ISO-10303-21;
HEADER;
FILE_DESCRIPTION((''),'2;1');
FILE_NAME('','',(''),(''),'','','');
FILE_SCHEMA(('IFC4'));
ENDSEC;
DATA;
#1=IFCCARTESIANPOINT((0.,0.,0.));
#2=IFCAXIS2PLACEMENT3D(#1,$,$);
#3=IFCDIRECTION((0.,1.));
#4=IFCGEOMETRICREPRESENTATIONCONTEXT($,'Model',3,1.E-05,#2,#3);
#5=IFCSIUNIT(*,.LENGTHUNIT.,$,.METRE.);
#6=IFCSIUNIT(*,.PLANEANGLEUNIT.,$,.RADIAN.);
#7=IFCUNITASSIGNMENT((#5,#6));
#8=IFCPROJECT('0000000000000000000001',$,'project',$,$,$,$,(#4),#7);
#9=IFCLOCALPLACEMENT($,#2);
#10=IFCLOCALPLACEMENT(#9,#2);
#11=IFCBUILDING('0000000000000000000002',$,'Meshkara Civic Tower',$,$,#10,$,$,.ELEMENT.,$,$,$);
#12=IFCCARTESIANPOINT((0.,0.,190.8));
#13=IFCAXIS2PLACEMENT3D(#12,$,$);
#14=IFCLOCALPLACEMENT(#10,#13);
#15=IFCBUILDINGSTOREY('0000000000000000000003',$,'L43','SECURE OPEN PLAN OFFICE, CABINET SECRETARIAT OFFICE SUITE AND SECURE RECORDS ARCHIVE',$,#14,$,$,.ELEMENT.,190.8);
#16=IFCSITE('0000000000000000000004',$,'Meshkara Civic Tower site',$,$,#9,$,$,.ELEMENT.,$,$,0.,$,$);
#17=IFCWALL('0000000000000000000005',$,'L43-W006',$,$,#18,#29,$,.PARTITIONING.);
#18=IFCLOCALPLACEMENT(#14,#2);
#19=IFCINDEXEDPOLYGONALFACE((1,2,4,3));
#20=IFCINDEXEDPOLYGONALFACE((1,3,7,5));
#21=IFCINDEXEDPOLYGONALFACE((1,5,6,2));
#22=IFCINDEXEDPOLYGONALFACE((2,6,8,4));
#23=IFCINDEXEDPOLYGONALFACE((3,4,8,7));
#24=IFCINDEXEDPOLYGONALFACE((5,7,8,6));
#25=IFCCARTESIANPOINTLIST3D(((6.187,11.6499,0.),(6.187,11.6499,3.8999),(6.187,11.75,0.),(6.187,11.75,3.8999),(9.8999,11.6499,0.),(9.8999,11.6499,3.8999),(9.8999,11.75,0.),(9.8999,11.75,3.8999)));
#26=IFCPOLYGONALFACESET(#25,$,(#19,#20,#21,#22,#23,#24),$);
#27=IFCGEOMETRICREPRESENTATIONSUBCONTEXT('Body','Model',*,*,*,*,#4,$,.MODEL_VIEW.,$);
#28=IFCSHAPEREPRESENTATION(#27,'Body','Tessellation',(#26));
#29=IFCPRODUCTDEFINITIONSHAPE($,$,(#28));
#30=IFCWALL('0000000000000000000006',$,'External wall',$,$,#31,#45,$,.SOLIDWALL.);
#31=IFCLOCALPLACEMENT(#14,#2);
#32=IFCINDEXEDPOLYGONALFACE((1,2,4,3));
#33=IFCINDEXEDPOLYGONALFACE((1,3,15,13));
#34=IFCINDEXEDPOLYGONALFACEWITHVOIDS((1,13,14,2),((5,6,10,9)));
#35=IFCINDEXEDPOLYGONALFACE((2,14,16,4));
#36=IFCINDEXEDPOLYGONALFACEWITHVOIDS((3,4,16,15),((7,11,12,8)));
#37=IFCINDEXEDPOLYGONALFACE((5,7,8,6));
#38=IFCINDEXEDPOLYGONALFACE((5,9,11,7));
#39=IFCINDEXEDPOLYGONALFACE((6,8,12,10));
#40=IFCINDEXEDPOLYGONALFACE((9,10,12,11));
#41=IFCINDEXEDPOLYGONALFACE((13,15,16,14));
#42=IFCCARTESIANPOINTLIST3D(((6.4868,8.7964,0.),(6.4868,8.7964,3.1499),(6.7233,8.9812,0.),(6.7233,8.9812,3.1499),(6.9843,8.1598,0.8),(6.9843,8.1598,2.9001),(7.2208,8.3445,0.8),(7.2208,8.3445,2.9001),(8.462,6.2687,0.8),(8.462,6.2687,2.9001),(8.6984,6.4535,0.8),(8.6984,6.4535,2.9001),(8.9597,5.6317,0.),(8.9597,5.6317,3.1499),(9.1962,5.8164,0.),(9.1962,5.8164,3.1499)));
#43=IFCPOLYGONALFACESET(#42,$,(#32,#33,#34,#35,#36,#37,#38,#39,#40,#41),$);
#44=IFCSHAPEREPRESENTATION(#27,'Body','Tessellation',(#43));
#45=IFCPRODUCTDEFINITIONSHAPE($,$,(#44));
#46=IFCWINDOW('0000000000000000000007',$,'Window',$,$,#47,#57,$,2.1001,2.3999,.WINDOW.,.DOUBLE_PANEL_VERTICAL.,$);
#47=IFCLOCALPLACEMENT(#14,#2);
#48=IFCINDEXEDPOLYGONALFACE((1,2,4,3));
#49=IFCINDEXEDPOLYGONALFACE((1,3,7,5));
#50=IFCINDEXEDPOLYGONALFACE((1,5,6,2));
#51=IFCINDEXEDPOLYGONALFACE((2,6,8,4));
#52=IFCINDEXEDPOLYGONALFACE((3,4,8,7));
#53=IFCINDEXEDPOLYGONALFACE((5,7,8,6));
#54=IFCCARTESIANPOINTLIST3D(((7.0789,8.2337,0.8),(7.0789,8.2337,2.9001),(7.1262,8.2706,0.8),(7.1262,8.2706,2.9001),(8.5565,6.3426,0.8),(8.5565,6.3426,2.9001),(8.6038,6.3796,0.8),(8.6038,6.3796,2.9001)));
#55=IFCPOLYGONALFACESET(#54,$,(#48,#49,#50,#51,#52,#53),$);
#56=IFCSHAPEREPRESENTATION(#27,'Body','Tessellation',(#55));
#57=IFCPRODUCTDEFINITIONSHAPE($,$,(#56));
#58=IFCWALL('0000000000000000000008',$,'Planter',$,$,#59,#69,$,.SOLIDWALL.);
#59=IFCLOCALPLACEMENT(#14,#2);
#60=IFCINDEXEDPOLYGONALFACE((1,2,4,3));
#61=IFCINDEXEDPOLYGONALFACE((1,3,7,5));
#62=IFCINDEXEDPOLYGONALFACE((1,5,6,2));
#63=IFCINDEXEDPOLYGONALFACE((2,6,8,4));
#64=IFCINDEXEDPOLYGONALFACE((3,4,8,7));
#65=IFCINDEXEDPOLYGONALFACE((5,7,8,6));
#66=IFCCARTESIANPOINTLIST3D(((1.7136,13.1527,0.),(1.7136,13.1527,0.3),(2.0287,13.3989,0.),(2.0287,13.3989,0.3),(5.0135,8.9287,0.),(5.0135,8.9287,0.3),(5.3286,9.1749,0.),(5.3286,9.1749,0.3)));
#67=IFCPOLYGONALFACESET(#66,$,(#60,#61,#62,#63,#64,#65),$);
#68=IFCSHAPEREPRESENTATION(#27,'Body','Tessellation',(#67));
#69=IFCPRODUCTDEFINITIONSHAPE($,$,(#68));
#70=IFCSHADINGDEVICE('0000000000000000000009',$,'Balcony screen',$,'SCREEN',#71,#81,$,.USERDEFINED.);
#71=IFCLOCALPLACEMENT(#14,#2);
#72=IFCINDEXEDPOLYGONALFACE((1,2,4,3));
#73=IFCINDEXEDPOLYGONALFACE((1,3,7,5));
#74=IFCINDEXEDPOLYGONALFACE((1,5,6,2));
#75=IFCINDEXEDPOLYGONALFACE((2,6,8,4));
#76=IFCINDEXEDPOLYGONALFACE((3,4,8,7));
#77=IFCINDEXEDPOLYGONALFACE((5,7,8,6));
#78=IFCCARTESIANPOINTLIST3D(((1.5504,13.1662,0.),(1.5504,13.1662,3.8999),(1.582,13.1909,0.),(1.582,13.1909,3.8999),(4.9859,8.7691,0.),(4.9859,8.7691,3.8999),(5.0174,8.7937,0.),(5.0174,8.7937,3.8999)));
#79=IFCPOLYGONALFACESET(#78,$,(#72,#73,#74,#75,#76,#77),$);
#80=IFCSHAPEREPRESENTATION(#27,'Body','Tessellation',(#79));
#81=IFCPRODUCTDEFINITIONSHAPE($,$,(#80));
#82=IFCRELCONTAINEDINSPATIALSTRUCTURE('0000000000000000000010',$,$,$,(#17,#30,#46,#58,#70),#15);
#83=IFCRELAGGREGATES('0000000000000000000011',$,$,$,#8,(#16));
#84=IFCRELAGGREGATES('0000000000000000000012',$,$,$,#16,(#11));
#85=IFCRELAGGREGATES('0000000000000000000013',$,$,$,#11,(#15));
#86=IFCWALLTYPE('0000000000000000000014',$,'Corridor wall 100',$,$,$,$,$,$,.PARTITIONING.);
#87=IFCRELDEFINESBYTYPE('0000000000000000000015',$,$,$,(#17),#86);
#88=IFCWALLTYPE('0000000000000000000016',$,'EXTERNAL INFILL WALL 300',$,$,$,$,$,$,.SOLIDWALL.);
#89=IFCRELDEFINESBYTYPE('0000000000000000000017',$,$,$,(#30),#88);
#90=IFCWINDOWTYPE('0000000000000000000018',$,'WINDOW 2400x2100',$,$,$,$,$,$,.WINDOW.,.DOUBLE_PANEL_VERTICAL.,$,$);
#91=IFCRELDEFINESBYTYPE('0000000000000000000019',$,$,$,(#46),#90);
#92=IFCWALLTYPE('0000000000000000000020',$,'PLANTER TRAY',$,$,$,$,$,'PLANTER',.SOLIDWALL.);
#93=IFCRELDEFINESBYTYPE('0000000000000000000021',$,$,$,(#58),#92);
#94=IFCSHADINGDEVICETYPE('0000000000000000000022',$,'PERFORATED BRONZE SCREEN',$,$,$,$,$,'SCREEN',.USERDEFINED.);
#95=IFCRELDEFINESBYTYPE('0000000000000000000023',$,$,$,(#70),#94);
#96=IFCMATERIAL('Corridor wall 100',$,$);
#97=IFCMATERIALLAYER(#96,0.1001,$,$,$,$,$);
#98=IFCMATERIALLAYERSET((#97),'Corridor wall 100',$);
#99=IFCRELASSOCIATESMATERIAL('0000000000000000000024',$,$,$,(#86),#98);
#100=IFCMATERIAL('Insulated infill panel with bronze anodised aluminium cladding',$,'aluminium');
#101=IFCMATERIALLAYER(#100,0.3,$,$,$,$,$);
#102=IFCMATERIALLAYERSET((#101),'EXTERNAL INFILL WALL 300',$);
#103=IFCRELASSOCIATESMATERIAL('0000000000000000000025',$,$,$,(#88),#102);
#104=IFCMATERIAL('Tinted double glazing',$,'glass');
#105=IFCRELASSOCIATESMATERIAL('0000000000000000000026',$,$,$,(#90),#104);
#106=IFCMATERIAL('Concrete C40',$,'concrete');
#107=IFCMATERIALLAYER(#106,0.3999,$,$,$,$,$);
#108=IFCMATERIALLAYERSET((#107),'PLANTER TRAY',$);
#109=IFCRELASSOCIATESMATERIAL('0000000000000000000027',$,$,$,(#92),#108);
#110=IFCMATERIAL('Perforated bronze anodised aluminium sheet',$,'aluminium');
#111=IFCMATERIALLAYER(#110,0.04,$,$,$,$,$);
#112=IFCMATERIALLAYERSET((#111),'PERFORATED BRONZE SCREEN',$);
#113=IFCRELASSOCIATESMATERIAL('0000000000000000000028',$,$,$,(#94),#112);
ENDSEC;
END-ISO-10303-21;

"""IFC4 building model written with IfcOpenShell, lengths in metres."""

from ifc_helpers import new_model, si_unit, direction, frame, frame_2d, origin, origin_2d, place, context, subcontext, project, spatial, rectangle, extrude, material, layer, layer_set, type_object, element, fill, save


model = new_model("IFC4")

# Units and contexts
model_context = context("Model", 3, precision=1e-05, world=origin(), true_north=direction((0.0, 1.0)))
body_context = subcontext(model_context, "Body", "Model", "MODEL_VIEW")
ifc_project = project(units=[si_unit("LENGTHUNIT", "METRE"), si_unit("PLANEANGLEUNIT", "RADIAN")], contexts=[model_context])

# Site, building, storey
site_placement = place(None, origin())
site = spatial("IfcSite", under=ifc_project, at=site_placement, Name="Meshkara Civic Tower site", CompositionType="ELEMENT", RefElevation=0.0)
building_placement = place(site_placement, origin())
building = spatial("IfcBuilding", under=site, at=building_placement, Name="Meshkara Civic Tower", CompositionType="ELEMENT")
storey_placement = place(building_placement, frame((0.0, 0.0, 190.8)))
storey = spatial("IfcBuildingStorey", under=building, at=storey_placement, Name="L43", Description="SECURE OPEN PLAN OFFICE, CABINET SECRETARIAT OFFICE SUITE AND SECURE RECORDS ARCHIVE", CompositionType="ELEMENT", Elevation=190.8)

# Shared definitions
ifc_material_1 = material(Name="Corridor wall 100")
ifc_layer_1 = layer(ifc_material_1, 0.1001)
ifc_layer_set_1 = layer_set([ifc_layer_1], Name="Corridor wall 100")
wall_type_1 = type_object("IfcWallType", Name="Corridor wall 100", PredefinedType="PARTITIONING", material=ifc_layer_set_1)

# Wall
wall_1_placement = place(storey_placement, frame((6.187, 11.7, 0.0), z_axis=(0.0, 0.0, 1.0), x_axis=(1.0, 0.0, 0.0)))
element("IfcWall", 1, at=wall_1_placement, inside=storey, type_object=wall_type_1, Name="L43-W006", PredefinedType="PARTITIONING", context=body_context, shape_type="SweptSolid", body=[
    extrude(rectangle(XDim=3.7129, YDim=0.1001, at=frame_2d((1.8564, 0.0))), origin(), (0.0, 0.0, 1.0), 3.8999),
])

# Wall, opening, window
ifc_material_2 = material(Name="Insulated infill panel with bronze anodised aluminium cladding", Category="aluminium")
ifc_layer_2 = layer(ifc_material_2, 0.3)
ifc_layer_set_2 = layer_set([ifc_layer_2], Name="EXTERNAL INFILL WALL 300")
wall_type_2 = type_object("IfcWallType", Name="EXTERNAL INFILL WALL 300", PredefinedType="SOLIDWALL", material=ifc_layer_set_2)
wall_2_placement = place(storey_placement, frame((6.605, 8.8889, 0.0), z_axis=(0.0, 0.0, 1.0), x_axis=(0.615707, -0.787976, 0.0)))
wall_2 = element("IfcWall", 2, at=wall_2_placement, inside=storey, type_object=wall_type_2, Name="External wall", PredefinedType="SOLIDWALL", context=body_context, shape_type="SweptSolid", body=[
    extrude(rectangle(XDim=4.0164, YDim=0.3, at=frame_2d((2.0083, 0.0))), origin(), (0.0, 0.0, 1.0), 3.1499),
])
opening_1_placement = place(wall_2_placement, frame((0.8081, 0.0, 0.8)))
opening_1 = element("IfcOpeningElement", 3, at=opening_1_placement, cuts=wall_2, PredefinedType="OPENING", context=body_context, shape_type="SweptSolid", body=[
    extrude(rectangle(XDim=2.3999, YDim=2.1001, at=frame_2d((1.2, 1.05))), frame((0.0, 0.1599, 0.0), z_axis=(0.0, -1.0, 0.0), x_axis=(1.0, 0.0, 0.0)), (0.0, 0.0, 1.0), 0.3201),
])
ifc_material_3 = material(Name="Tinted double glazing", Category="glass")
window_type = type_object("IfcWindowType", Name="WINDOW 2400x2100", PartitioningType="DOUBLE_PANEL_VERTICAL", PredefinedType="WINDOW", material=ifc_material_3)
window_placement = place(opening_1_placement, origin())
window = element("IfcWindow", 4, at=window_placement, inside=storey, type_object=window_type, Name="Window", OverallHeight=2.1001, OverallWidth=2.3999, PartitioningType="DOUBLE_PANEL_VERTICAL", PredefinedType="WINDOW", context=body_context, shape_type="SweptSolid", body=[
    extrude(rectangle(XDim=2.3999, YDim=2.1001, at=frame_2d((1.2, 1.05))), frame((0.0, 0.03, 0.0), z_axis=(0.0, -1.0, 0.0), x_axis=(1.0, 0.0, 0.0)), (0.0, 0.0, 1.0), 0.0601),
])
fill(opening_1, window)

# Wall
ifc_material_4 = material(Name="Concrete C40", Category="concrete")
ifc_layer_3 = layer(ifc_material_4, 0.3999)
ifc_layer_set_3 = layer_set([ifc_layer_3], Name="PLANTER TRAY")
wall_type_3 = type_object("IfcWallType", Name="PLANTER TRAY", ElementType="PLANTER", PredefinedType="SOLIDWALL", material=ifc_layer_set_3)
wall_3_placement = place(storey_placement, frame((1.8711, 13.2759, 0.0), z_axis=(0.0, 0.0, 1.0), x_axis=(0.615633, -0.788033, 0.0)))
element("IfcWall", 5, at=wall_3_placement, inside=storey, type_object=wall_type_3, Name="Planter", PredefinedType="SOLIDWALL", context=body_context, shape_type="SweptSolid", body=[
    extrude(rectangle(XDim=5.3601, YDim=0.3999, at=frame_2d((2.6802, 0.0))), origin(), (0.0, 0.0, 1.0), 0.3),
])

# Shading device
ifc_material_5 = material(Name="Perforated bronze anodised aluminium sheet", Category="aluminium")
ifc_layer_4 = layer(ifc_material_5, 0.04)
ifc_layer_set_4 = layer_set([ifc_layer_4], Name="PERFORATED BRONZE SCREEN")
shading_device_type = type_object("IfcShadingDeviceType", Name="PERFORATED BRONZE SCREEN", ElementType="SCREEN", PredefinedType="USERDEFINED", material=ifc_layer_set_4)
shading_device_placement = place(storey_placement, frame((3.2839, 10.98, 0.0), z_axis=(0.0, 0.0, 1.0), x_axis=(0.615661, -0.788011, 0.0)))
element("IfcShadingDevice", 6, at=shading_device_placement, inside=storey, type_object=shading_device_type, Name="Balcony screen", ObjectType="SCREEN", PredefinedType="USERDEFINED", context=body_context, shape_type="SweptSolid", body=[
    extrude(rectangle(XDim=5.5801, YDim=0.04, at=origin_2d()), origin(), (0.0, 0.0, 1.0), 3.8999),
])

save(model, "model.ifc")
